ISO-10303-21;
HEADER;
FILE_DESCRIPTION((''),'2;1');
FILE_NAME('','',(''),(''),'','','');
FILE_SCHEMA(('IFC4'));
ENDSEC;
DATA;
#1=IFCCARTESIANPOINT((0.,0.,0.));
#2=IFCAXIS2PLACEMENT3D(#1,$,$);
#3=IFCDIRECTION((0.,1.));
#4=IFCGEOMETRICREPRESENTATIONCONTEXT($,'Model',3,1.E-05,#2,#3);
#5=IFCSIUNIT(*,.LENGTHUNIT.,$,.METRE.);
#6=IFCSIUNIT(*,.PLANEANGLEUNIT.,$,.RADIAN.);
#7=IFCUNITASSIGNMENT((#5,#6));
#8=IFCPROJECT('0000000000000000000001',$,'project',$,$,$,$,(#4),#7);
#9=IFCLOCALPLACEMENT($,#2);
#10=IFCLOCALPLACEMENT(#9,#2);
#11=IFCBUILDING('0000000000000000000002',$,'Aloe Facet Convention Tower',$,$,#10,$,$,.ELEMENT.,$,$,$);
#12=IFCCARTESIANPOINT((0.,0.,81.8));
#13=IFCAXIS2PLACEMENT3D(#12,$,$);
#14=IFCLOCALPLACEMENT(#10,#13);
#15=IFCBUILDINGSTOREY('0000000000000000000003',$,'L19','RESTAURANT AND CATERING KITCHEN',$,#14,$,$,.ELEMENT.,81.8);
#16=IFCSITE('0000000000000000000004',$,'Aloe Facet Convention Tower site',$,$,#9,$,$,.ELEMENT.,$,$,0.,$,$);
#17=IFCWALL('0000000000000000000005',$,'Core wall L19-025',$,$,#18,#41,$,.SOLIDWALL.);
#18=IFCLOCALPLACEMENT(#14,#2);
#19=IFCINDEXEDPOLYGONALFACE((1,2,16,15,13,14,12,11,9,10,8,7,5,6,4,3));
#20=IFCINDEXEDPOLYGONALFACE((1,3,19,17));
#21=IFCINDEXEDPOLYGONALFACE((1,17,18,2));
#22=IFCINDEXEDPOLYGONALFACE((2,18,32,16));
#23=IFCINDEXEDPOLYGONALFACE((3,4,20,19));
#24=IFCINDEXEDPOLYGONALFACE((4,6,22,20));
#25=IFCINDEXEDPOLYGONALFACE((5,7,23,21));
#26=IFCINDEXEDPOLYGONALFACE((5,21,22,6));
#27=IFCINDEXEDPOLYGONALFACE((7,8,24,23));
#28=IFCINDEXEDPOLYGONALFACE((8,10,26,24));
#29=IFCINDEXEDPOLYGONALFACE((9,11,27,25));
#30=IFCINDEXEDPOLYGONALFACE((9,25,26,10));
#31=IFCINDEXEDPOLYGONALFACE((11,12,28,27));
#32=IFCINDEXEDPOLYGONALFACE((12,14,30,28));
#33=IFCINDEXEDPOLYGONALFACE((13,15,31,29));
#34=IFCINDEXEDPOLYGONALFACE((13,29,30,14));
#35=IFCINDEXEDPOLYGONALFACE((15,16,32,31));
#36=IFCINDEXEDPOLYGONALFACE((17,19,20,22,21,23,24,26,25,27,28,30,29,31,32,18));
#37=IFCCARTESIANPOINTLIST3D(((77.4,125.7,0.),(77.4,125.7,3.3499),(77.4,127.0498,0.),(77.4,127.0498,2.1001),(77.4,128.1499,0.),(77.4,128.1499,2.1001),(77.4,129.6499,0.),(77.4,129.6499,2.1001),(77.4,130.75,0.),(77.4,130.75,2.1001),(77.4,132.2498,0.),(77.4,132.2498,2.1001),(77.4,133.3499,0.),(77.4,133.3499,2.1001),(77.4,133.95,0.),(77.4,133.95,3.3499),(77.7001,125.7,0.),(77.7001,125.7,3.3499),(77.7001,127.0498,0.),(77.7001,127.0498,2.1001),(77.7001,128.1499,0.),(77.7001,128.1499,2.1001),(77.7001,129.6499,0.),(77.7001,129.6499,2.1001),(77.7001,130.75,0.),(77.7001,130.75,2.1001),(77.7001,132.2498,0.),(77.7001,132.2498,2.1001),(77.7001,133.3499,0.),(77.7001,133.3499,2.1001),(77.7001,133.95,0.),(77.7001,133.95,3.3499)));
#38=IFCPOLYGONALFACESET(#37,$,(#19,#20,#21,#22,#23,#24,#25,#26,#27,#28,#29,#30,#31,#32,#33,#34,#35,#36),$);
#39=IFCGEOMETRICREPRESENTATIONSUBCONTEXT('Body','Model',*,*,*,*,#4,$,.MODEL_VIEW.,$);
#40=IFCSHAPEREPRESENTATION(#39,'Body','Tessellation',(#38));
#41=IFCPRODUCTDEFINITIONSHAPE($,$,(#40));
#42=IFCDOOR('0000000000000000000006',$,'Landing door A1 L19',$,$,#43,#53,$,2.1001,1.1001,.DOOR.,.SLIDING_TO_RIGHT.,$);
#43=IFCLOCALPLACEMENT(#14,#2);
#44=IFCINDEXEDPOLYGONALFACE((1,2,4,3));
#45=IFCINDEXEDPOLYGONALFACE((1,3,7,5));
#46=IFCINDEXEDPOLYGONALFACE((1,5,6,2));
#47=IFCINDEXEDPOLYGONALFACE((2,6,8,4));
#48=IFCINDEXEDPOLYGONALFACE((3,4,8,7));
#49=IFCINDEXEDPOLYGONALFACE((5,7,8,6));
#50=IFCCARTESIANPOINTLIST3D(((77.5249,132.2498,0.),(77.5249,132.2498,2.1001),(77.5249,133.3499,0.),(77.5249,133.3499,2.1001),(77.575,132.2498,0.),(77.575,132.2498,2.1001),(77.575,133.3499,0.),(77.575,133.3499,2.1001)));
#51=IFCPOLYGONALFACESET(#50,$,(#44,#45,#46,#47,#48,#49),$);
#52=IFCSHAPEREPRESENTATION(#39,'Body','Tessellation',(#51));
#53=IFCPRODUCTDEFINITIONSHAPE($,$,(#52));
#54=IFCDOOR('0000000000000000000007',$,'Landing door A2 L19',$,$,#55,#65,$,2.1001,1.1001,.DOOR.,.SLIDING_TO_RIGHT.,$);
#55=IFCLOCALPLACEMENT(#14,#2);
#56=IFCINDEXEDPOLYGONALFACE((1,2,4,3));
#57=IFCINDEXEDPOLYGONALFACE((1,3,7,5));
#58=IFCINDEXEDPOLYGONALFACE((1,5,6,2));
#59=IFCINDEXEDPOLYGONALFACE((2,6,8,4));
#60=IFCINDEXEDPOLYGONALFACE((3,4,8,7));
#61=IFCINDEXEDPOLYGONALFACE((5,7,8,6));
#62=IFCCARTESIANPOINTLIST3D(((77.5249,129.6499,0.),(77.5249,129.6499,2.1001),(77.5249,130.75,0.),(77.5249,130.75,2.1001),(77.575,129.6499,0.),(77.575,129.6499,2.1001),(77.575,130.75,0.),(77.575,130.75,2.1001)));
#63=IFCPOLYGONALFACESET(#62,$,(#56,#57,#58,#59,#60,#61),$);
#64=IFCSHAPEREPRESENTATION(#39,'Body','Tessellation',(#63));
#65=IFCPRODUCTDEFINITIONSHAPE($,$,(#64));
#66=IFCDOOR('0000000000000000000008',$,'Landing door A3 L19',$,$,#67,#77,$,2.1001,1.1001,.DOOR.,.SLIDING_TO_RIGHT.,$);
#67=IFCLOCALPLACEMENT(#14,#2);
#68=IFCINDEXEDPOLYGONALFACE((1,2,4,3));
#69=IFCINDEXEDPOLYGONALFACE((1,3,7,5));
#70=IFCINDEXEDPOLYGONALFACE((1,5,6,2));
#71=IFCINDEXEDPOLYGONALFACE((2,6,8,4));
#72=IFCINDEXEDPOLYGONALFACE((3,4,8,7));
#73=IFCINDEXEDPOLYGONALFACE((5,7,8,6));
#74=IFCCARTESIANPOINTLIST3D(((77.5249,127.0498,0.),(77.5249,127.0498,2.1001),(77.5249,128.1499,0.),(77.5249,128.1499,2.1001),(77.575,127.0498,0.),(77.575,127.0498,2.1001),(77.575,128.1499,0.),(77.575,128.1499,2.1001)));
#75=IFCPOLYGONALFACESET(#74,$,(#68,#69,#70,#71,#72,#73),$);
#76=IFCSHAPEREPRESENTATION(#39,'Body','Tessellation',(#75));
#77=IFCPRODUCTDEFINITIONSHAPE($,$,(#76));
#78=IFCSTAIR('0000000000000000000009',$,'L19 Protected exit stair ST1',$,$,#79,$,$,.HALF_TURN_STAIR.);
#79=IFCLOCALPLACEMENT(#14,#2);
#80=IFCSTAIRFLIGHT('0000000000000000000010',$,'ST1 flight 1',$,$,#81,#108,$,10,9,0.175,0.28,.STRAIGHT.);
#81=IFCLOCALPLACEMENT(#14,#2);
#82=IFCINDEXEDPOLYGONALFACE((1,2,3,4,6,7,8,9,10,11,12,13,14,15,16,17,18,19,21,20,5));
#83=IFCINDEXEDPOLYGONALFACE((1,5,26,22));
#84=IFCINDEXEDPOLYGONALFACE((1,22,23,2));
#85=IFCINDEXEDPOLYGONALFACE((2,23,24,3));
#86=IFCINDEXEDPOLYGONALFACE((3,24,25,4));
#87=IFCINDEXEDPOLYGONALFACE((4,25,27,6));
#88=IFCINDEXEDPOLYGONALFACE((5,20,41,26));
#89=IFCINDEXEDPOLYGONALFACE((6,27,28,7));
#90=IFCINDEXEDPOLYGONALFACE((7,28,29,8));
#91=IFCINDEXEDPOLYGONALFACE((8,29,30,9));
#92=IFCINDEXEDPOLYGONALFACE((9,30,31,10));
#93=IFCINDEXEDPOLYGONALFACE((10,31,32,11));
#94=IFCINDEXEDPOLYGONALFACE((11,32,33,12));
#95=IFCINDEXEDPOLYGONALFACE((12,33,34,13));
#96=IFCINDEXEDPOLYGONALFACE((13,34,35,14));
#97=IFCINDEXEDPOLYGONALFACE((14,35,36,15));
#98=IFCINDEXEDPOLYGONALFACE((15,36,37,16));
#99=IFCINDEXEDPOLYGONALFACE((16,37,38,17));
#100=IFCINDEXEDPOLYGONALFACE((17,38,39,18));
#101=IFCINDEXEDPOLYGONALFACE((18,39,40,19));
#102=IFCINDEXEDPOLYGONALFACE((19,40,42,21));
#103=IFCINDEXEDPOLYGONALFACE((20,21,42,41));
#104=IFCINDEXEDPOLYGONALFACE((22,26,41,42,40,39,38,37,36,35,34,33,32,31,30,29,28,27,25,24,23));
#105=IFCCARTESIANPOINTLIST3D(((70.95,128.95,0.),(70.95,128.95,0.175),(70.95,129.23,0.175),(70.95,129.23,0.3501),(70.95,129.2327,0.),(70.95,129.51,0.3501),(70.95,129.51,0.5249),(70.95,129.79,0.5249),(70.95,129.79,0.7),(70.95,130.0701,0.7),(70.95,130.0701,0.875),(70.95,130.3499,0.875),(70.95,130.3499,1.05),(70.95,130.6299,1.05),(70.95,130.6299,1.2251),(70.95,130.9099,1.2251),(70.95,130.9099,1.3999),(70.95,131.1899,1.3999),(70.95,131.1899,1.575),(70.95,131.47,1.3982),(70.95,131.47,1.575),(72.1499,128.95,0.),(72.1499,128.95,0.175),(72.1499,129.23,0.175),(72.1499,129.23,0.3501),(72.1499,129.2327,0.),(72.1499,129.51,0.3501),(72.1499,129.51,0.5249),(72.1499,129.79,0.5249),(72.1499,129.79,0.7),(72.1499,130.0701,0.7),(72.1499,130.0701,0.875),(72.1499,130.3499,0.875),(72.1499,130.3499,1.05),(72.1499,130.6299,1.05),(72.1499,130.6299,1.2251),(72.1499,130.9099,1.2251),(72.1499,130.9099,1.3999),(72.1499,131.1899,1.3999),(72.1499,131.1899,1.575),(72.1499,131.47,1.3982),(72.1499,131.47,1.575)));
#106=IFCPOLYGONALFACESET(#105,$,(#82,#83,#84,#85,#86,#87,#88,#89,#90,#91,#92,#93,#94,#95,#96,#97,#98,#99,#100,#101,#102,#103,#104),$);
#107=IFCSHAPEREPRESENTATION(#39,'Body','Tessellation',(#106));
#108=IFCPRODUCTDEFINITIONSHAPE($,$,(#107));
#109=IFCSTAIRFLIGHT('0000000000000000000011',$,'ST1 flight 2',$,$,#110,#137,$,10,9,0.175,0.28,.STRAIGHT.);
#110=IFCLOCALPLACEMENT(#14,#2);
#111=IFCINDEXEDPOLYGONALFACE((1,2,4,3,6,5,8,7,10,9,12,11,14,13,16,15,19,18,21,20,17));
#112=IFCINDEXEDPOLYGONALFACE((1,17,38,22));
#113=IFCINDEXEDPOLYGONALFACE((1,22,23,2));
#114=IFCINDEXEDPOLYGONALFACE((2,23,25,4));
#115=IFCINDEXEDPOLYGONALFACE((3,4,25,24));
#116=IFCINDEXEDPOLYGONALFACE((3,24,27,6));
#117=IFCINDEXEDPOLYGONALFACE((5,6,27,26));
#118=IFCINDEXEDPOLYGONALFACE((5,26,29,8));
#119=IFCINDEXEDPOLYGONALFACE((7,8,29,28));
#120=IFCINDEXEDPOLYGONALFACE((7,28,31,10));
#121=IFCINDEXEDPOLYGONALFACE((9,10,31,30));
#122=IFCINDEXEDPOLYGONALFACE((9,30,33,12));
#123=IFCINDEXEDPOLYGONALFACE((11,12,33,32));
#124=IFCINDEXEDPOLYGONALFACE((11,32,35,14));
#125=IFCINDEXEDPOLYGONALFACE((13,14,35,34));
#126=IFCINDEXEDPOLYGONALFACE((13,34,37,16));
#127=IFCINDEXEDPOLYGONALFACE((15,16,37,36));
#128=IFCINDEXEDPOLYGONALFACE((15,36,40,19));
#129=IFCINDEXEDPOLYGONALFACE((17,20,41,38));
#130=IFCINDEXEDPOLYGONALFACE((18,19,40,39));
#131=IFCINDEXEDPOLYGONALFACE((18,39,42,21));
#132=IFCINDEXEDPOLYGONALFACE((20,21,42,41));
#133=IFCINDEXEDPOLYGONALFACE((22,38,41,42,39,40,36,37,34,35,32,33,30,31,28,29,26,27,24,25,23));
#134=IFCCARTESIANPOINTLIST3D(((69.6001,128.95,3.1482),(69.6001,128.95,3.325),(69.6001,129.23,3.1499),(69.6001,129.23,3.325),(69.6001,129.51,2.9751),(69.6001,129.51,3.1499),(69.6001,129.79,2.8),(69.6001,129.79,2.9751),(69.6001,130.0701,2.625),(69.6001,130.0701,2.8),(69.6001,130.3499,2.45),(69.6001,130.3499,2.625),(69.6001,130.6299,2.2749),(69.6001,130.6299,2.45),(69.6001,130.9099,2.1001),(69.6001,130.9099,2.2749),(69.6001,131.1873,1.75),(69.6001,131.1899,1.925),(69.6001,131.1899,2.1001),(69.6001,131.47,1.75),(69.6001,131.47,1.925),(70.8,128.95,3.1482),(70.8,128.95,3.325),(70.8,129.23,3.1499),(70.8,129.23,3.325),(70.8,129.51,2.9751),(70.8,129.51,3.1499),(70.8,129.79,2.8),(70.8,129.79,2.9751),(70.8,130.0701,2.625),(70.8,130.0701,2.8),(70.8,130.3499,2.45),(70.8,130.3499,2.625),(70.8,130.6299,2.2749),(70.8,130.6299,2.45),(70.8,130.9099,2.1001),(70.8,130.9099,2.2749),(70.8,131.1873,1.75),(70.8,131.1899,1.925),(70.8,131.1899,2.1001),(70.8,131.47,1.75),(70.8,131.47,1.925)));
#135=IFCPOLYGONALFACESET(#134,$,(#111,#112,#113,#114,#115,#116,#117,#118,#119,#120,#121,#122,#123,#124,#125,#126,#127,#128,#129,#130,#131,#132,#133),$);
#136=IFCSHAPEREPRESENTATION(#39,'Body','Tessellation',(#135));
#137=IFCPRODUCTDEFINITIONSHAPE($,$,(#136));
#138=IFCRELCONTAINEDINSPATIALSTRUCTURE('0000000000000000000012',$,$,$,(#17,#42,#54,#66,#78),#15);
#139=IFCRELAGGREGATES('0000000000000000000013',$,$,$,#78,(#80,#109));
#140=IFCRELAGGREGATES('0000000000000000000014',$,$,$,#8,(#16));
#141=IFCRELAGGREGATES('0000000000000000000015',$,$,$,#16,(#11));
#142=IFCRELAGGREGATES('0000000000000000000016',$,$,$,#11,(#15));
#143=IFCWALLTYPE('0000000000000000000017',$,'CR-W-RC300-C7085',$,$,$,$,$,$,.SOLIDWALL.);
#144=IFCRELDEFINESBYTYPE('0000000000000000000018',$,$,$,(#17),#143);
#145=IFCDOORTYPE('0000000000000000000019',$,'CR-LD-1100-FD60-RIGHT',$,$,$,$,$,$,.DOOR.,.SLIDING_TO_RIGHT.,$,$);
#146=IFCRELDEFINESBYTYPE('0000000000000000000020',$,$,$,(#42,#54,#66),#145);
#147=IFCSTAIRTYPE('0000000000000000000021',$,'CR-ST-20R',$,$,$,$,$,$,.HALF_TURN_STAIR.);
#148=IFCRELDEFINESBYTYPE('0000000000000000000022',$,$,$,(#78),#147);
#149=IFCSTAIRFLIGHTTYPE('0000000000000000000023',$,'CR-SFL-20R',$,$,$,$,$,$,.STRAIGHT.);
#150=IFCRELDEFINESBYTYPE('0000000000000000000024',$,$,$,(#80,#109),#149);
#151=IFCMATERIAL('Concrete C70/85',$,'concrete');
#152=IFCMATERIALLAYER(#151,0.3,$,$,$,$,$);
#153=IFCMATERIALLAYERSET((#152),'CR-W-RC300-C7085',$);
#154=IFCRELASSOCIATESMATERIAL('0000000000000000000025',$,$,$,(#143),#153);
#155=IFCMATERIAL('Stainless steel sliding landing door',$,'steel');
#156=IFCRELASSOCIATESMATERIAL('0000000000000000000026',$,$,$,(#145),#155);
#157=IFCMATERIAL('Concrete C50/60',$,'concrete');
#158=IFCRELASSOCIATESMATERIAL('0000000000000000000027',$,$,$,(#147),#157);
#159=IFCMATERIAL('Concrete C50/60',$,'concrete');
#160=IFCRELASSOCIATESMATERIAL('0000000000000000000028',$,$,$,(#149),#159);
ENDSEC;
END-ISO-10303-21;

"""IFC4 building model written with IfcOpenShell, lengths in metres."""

from ifc_helpers import new_model, si_unit, direction, frame, frame_2d, origin, place, context, subcontext, project, spatial, polyline, rectangle, outline, extrude, material, layer, layer_set, type_object, element, fill, aggregate, save


model = new_model("IFC4")

# Units and contexts
model_context = context("Model", 3, precision=1e-05, world=origin(), true_north=direction((0.0, 1.0)))
body_context = subcontext(model_context, "Body", "Model", "MODEL_VIEW")
ifc_project = project(units=[si_unit("LENGTHUNIT", "METRE"), si_unit("PLANEANGLEUNIT", "RADIAN")], contexts=[model_context])

# Site, building, storey
site_placement = place(None, origin())
site = spatial("IfcSite", under=ifc_project, at=site_placement, Name="Aloe Facet Convention Tower site", CompositionType="ELEMENT", RefElevation=0.0)
building_placement = place(site_placement, origin())
building = spatial("IfcBuilding", under=site, at=building_placement, Name="Aloe Facet Convention Tower", CompositionType="ELEMENT")
storey_placement = place(building_placement, frame((0.0, 0.0, 81.8)))
storey = spatial("IfcBuildingStorey", under=building, at=storey_placement, Name="L19", Description="RESTAURANT AND CATERING KITCHEN", CompositionType="ELEMENT", Elevation=81.8)

# Shared definitions
ifc_material_1 = material(Name="Concrete C70/85", Category="concrete")
ifc_layer_1 = layer(ifc_material_1, 0.3)
ifc_layer_set_1 = layer_set([ifc_layer_1], Name="CR-W-RC300-C7085")
wall_type_1 = type_object("IfcWallType", Name="CR-W-RC300-C7085", PredefinedType="SOLIDWALL", material=ifc_layer_set_1)

# Wall, openings, doors
wall_1_placement = place(storey_placement, frame((77.55, 133.95, 0.0), z_axis=(0.0, 0.0, 1.0), x_axis=(0.0, -1.0, 0.0)))
wall_1 = element("IfcWall", 1, at=wall_1_placement, inside=storey, type_object=wall_type_1, Name="Core wall L19-025", PredefinedType="SOLIDWALL", context=body_context, shape_type="SweptSolid", body=[
    extrude(rectangle(XDim=8.25, YDim=0.3, at=frame_2d((4.125, 0.0))), origin(), (0.0, 0.0, 1.0), 3.3499),
])
opening_1_placement = place(wall_1_placement, frame((0.6001, 0.0, 0.0)))
opening_1 = element("IfcOpeningElement", 2, at=opening_1_placement, cuts=wall_1, PredefinedType="OPENING", context=body_context, shape_type="SweptSolid", body=[
    extrude(rectangle(XDim=1.1001, YDim=2.1001, at=frame_2d((0.55, 1.05))), frame((0.0, 0.1602, 0.0), z_axis=(0.0, -1.0, 0.0), x_axis=(1.0, 0.0, 0.0)), (0.0, 0.0, 1.0), 0.3201),
])
opening_2_placement = place(wall_1_placement, frame((3.2, 0.0, 0.0)))
opening_2 = element("IfcOpeningElement", 3, at=opening_2_placement, cuts=wall_1, PredefinedType="OPENING", context=body_context, shape_type="SweptSolid", body=[
    extrude(rectangle(XDim=1.1001, YDim=2.1001, at=frame_2d((0.55, 1.05))), frame((0.0, 0.1602, 0.0), z_axis=(0.0, -1.0, 0.0), x_axis=(1.0, 0.0, 0.0)), (0.0, 0.0, 1.0), 0.3201),
])
opening_3_placement = place(wall_1_placement, frame((5.8, 0.0, 0.0)))
opening_3 = element("IfcOpeningElement", 4, at=opening_3_placement, cuts=wall_1, PredefinedType="OPENING", context=body_context, shape_type="SweptSolid", body=[
    extrude(rectangle(XDim=1.1001, YDim=2.1001, at=frame_2d((0.55, 1.05))), frame((0.0, 0.1602, 0.0), z_axis=(0.0, -1.0, 0.0), x_axis=(1.0, 0.0, 0.0)), (0.0, 0.0, 1.0), 0.3201),
])
ifc_material_2 = material(Name="Stainless steel sliding landing door", Category="steel")
door_type_1 = type_object("IfcDoorType", Name="CR-LD-1100-FD60-RIGHT", OperationType="SLIDING_TO_RIGHT", PredefinedType="DOOR", material=ifc_material_2)
door_1_placement = place(opening_1_placement, origin())
door_1 = element("IfcDoor", 5, at=door_1_placement, inside=storey, type_object=door_type_1, Name="Landing door A1 L19", OperationType="SLIDING_TO_RIGHT", OverallHeight=2.1001, OverallWidth=1.1001, PredefinedType="DOOR", context=body_context, shape_type="SweptSolid", body=[
    extrude(rectangle(XDim=1.1001, YDim=2.1001, at=frame_2d((0.55, 1.05))), frame((0.0, 0.0249, 0.0), z_axis=(0.0, -1.0, 0.0), x_axis=(1.0, 0.0, 0.0)), (0.0, 0.0, 1.0), 0.05),
])
fill(opening_1, door_1)
door_2_placement = place(opening_2_placement, origin())
door_2 = element("IfcDoor", 6, at=door_2_placement, inside=storey, type_object=door_type_1, Name="Landing door A2 L19", OperationType="SLIDING_TO_RIGHT", OverallHeight=2.1001, OverallWidth=1.1001, PredefinedType="DOOR", context=body_context, shape_type="SweptSolid", body=[
    extrude(rectangle(XDim=1.1001, YDim=2.1001, at=frame_2d((0.55, 1.05))), frame((0.0, 0.0249, 0.0), z_axis=(0.0, -1.0, 0.0), x_axis=(1.0, 0.0, 0.0)), (0.0, 0.0, 1.0), 0.05),
])
fill(opening_2, door_2)
door_3_placement = place(opening_3_placement, origin())
door_3 = element("IfcDoor", 7, at=door_3_placement, inside=storey, type_object=door_type_1, Name="Landing door A3 L19", OperationType="SLIDING_TO_RIGHT", OverallHeight=2.1001, OverallWidth=1.1001, PredefinedType="DOOR", context=body_context, shape_type="SweptSolid", body=[
    extrude(rectangle(XDim=1.1001, YDim=2.1001, at=frame_2d((0.55, 1.05))), frame((0.0, 0.0249, 0.0), z_axis=(0.0, -1.0, 0.0), x_axis=(1.0, 0.0, 0.0)), (0.0, 0.0, 1.0), 0.05),
])
fill(opening_3, door_3)

# Stair, stair flights
ifc_material_3 = material(Name="Concrete C50/60", Category="concrete")
stair_type = type_object("IfcStairType", Name="CR-ST-20R", PredefinedType="HALF_TURN_STAIR", material=ifc_material_3)
stair_placement = place(storey_placement, origin())
stair = element("IfcStair", 8, at=stair_placement, inside=storey, type_object=stair_type, Name="L19 Protected exit stair ST1", PredefinedType="HALF_TURN_STAIR")
ifc_material_4 = material(Name="Concrete C50/60", Category="concrete")
stair_flight_type = type_object("IfcStairFlightType", Name="CR-SFL-20R", PredefinedType="STRAIGHT", material=ifc_material_4)
stair_flight_1_placement = place(storey_placement, frame((71.55, 128.95, 0.0), z_axis=(0.0, 0.0, 1.0), x_axis=(0.0, 1.0, 0.0)))
stair_flight_1 = element("IfcStairFlight", 9, at=stair_flight_1_placement, type_object=stair_flight_type, Name="ST1 flight 1", NumberOfRisers=10, NumberOfTreads=9, PredefinedType="STRAIGHT", RiserHeight=0.175, TreadLength=0.28, context=body_context, shape_type="SweptSolid", body=[
    extrude(outline(polyline([(0.0, 0.0), (0.0, 0.175), (0.28, 0.175), (0.28, 0.3501), (0.5601, 0.3501), (0.5601, 0.5249), (0.8401, 0.5249), (0.8401, 0.7), (1.1201, 0.7), (1.1201, 0.875), (1.3999, 0.875), (1.3999, 1.05), (1.6799, 1.05), (1.6799, 1.2251), (1.96, 1.2251), (1.96, 1.3999), (2.24, 1.3999), (2.24, 1.575), (2.52, 1.575), (2.52, 1.75), (2.52, 1.3982), (0.2827, 0.0), (0.0, 0.0)])), frame((0.0, 0.6001, 0.0), z_axis=(0.0, -1.0, 0.0), x_axis=(1.0, 0.0, 0.0)), (0.0, 0.0, 1.0), 1.2),
])
stair_flight_2_placement = place(storey_placement, frame((70.2, 131.47, 1.75), z_axis=(0.0, 0.0, 1.0), x_axis=(0.0, -1.0, 0.0)))
stair_flight_2 = element("IfcStairFlight", 10, at=stair_flight_2_placement, type_object=stair_flight_type, Name="ST1 flight 2", NumberOfRisers=10, NumberOfTreads=9, PredefinedType="STRAIGHT", RiserHeight=0.175, TreadLength=0.28, context=body_context, shape_type="SweptSolid", body=[
    extrude(outline(polyline([(0.0, 0.0), (0.0, 0.175), (0.28, 0.175), (0.28, 0.3501), (0.5601, 0.3501), (0.5601, 0.5249), (0.8401, 0.5249), (0.8401, 0.7), (1.1201, 0.7), (1.1201, 0.875), (1.3999, 0.875), (1.3999, 1.05), (1.6799, 1.05), (1.6799, 1.2251), (1.96, 1.2251), (1.96, 1.3999), (2.24, 1.3999), (2.24, 1.575), (2.52, 1.575), (2.52, 1.75), (2.52, 1.3982), (0.2827, 0.0), (0.0, 0.0)])), frame((0.0, 0.6001, 0.0), z_axis=(0.0, -1.0, 0.0), x_axis=(1.0, 0.0, 0.0)), (0.0, 0.0, 1.0), 1.2),
])
aggregate(stair, [stair_flight_1, stair_flight_2])

save(model, "model.ifc")
